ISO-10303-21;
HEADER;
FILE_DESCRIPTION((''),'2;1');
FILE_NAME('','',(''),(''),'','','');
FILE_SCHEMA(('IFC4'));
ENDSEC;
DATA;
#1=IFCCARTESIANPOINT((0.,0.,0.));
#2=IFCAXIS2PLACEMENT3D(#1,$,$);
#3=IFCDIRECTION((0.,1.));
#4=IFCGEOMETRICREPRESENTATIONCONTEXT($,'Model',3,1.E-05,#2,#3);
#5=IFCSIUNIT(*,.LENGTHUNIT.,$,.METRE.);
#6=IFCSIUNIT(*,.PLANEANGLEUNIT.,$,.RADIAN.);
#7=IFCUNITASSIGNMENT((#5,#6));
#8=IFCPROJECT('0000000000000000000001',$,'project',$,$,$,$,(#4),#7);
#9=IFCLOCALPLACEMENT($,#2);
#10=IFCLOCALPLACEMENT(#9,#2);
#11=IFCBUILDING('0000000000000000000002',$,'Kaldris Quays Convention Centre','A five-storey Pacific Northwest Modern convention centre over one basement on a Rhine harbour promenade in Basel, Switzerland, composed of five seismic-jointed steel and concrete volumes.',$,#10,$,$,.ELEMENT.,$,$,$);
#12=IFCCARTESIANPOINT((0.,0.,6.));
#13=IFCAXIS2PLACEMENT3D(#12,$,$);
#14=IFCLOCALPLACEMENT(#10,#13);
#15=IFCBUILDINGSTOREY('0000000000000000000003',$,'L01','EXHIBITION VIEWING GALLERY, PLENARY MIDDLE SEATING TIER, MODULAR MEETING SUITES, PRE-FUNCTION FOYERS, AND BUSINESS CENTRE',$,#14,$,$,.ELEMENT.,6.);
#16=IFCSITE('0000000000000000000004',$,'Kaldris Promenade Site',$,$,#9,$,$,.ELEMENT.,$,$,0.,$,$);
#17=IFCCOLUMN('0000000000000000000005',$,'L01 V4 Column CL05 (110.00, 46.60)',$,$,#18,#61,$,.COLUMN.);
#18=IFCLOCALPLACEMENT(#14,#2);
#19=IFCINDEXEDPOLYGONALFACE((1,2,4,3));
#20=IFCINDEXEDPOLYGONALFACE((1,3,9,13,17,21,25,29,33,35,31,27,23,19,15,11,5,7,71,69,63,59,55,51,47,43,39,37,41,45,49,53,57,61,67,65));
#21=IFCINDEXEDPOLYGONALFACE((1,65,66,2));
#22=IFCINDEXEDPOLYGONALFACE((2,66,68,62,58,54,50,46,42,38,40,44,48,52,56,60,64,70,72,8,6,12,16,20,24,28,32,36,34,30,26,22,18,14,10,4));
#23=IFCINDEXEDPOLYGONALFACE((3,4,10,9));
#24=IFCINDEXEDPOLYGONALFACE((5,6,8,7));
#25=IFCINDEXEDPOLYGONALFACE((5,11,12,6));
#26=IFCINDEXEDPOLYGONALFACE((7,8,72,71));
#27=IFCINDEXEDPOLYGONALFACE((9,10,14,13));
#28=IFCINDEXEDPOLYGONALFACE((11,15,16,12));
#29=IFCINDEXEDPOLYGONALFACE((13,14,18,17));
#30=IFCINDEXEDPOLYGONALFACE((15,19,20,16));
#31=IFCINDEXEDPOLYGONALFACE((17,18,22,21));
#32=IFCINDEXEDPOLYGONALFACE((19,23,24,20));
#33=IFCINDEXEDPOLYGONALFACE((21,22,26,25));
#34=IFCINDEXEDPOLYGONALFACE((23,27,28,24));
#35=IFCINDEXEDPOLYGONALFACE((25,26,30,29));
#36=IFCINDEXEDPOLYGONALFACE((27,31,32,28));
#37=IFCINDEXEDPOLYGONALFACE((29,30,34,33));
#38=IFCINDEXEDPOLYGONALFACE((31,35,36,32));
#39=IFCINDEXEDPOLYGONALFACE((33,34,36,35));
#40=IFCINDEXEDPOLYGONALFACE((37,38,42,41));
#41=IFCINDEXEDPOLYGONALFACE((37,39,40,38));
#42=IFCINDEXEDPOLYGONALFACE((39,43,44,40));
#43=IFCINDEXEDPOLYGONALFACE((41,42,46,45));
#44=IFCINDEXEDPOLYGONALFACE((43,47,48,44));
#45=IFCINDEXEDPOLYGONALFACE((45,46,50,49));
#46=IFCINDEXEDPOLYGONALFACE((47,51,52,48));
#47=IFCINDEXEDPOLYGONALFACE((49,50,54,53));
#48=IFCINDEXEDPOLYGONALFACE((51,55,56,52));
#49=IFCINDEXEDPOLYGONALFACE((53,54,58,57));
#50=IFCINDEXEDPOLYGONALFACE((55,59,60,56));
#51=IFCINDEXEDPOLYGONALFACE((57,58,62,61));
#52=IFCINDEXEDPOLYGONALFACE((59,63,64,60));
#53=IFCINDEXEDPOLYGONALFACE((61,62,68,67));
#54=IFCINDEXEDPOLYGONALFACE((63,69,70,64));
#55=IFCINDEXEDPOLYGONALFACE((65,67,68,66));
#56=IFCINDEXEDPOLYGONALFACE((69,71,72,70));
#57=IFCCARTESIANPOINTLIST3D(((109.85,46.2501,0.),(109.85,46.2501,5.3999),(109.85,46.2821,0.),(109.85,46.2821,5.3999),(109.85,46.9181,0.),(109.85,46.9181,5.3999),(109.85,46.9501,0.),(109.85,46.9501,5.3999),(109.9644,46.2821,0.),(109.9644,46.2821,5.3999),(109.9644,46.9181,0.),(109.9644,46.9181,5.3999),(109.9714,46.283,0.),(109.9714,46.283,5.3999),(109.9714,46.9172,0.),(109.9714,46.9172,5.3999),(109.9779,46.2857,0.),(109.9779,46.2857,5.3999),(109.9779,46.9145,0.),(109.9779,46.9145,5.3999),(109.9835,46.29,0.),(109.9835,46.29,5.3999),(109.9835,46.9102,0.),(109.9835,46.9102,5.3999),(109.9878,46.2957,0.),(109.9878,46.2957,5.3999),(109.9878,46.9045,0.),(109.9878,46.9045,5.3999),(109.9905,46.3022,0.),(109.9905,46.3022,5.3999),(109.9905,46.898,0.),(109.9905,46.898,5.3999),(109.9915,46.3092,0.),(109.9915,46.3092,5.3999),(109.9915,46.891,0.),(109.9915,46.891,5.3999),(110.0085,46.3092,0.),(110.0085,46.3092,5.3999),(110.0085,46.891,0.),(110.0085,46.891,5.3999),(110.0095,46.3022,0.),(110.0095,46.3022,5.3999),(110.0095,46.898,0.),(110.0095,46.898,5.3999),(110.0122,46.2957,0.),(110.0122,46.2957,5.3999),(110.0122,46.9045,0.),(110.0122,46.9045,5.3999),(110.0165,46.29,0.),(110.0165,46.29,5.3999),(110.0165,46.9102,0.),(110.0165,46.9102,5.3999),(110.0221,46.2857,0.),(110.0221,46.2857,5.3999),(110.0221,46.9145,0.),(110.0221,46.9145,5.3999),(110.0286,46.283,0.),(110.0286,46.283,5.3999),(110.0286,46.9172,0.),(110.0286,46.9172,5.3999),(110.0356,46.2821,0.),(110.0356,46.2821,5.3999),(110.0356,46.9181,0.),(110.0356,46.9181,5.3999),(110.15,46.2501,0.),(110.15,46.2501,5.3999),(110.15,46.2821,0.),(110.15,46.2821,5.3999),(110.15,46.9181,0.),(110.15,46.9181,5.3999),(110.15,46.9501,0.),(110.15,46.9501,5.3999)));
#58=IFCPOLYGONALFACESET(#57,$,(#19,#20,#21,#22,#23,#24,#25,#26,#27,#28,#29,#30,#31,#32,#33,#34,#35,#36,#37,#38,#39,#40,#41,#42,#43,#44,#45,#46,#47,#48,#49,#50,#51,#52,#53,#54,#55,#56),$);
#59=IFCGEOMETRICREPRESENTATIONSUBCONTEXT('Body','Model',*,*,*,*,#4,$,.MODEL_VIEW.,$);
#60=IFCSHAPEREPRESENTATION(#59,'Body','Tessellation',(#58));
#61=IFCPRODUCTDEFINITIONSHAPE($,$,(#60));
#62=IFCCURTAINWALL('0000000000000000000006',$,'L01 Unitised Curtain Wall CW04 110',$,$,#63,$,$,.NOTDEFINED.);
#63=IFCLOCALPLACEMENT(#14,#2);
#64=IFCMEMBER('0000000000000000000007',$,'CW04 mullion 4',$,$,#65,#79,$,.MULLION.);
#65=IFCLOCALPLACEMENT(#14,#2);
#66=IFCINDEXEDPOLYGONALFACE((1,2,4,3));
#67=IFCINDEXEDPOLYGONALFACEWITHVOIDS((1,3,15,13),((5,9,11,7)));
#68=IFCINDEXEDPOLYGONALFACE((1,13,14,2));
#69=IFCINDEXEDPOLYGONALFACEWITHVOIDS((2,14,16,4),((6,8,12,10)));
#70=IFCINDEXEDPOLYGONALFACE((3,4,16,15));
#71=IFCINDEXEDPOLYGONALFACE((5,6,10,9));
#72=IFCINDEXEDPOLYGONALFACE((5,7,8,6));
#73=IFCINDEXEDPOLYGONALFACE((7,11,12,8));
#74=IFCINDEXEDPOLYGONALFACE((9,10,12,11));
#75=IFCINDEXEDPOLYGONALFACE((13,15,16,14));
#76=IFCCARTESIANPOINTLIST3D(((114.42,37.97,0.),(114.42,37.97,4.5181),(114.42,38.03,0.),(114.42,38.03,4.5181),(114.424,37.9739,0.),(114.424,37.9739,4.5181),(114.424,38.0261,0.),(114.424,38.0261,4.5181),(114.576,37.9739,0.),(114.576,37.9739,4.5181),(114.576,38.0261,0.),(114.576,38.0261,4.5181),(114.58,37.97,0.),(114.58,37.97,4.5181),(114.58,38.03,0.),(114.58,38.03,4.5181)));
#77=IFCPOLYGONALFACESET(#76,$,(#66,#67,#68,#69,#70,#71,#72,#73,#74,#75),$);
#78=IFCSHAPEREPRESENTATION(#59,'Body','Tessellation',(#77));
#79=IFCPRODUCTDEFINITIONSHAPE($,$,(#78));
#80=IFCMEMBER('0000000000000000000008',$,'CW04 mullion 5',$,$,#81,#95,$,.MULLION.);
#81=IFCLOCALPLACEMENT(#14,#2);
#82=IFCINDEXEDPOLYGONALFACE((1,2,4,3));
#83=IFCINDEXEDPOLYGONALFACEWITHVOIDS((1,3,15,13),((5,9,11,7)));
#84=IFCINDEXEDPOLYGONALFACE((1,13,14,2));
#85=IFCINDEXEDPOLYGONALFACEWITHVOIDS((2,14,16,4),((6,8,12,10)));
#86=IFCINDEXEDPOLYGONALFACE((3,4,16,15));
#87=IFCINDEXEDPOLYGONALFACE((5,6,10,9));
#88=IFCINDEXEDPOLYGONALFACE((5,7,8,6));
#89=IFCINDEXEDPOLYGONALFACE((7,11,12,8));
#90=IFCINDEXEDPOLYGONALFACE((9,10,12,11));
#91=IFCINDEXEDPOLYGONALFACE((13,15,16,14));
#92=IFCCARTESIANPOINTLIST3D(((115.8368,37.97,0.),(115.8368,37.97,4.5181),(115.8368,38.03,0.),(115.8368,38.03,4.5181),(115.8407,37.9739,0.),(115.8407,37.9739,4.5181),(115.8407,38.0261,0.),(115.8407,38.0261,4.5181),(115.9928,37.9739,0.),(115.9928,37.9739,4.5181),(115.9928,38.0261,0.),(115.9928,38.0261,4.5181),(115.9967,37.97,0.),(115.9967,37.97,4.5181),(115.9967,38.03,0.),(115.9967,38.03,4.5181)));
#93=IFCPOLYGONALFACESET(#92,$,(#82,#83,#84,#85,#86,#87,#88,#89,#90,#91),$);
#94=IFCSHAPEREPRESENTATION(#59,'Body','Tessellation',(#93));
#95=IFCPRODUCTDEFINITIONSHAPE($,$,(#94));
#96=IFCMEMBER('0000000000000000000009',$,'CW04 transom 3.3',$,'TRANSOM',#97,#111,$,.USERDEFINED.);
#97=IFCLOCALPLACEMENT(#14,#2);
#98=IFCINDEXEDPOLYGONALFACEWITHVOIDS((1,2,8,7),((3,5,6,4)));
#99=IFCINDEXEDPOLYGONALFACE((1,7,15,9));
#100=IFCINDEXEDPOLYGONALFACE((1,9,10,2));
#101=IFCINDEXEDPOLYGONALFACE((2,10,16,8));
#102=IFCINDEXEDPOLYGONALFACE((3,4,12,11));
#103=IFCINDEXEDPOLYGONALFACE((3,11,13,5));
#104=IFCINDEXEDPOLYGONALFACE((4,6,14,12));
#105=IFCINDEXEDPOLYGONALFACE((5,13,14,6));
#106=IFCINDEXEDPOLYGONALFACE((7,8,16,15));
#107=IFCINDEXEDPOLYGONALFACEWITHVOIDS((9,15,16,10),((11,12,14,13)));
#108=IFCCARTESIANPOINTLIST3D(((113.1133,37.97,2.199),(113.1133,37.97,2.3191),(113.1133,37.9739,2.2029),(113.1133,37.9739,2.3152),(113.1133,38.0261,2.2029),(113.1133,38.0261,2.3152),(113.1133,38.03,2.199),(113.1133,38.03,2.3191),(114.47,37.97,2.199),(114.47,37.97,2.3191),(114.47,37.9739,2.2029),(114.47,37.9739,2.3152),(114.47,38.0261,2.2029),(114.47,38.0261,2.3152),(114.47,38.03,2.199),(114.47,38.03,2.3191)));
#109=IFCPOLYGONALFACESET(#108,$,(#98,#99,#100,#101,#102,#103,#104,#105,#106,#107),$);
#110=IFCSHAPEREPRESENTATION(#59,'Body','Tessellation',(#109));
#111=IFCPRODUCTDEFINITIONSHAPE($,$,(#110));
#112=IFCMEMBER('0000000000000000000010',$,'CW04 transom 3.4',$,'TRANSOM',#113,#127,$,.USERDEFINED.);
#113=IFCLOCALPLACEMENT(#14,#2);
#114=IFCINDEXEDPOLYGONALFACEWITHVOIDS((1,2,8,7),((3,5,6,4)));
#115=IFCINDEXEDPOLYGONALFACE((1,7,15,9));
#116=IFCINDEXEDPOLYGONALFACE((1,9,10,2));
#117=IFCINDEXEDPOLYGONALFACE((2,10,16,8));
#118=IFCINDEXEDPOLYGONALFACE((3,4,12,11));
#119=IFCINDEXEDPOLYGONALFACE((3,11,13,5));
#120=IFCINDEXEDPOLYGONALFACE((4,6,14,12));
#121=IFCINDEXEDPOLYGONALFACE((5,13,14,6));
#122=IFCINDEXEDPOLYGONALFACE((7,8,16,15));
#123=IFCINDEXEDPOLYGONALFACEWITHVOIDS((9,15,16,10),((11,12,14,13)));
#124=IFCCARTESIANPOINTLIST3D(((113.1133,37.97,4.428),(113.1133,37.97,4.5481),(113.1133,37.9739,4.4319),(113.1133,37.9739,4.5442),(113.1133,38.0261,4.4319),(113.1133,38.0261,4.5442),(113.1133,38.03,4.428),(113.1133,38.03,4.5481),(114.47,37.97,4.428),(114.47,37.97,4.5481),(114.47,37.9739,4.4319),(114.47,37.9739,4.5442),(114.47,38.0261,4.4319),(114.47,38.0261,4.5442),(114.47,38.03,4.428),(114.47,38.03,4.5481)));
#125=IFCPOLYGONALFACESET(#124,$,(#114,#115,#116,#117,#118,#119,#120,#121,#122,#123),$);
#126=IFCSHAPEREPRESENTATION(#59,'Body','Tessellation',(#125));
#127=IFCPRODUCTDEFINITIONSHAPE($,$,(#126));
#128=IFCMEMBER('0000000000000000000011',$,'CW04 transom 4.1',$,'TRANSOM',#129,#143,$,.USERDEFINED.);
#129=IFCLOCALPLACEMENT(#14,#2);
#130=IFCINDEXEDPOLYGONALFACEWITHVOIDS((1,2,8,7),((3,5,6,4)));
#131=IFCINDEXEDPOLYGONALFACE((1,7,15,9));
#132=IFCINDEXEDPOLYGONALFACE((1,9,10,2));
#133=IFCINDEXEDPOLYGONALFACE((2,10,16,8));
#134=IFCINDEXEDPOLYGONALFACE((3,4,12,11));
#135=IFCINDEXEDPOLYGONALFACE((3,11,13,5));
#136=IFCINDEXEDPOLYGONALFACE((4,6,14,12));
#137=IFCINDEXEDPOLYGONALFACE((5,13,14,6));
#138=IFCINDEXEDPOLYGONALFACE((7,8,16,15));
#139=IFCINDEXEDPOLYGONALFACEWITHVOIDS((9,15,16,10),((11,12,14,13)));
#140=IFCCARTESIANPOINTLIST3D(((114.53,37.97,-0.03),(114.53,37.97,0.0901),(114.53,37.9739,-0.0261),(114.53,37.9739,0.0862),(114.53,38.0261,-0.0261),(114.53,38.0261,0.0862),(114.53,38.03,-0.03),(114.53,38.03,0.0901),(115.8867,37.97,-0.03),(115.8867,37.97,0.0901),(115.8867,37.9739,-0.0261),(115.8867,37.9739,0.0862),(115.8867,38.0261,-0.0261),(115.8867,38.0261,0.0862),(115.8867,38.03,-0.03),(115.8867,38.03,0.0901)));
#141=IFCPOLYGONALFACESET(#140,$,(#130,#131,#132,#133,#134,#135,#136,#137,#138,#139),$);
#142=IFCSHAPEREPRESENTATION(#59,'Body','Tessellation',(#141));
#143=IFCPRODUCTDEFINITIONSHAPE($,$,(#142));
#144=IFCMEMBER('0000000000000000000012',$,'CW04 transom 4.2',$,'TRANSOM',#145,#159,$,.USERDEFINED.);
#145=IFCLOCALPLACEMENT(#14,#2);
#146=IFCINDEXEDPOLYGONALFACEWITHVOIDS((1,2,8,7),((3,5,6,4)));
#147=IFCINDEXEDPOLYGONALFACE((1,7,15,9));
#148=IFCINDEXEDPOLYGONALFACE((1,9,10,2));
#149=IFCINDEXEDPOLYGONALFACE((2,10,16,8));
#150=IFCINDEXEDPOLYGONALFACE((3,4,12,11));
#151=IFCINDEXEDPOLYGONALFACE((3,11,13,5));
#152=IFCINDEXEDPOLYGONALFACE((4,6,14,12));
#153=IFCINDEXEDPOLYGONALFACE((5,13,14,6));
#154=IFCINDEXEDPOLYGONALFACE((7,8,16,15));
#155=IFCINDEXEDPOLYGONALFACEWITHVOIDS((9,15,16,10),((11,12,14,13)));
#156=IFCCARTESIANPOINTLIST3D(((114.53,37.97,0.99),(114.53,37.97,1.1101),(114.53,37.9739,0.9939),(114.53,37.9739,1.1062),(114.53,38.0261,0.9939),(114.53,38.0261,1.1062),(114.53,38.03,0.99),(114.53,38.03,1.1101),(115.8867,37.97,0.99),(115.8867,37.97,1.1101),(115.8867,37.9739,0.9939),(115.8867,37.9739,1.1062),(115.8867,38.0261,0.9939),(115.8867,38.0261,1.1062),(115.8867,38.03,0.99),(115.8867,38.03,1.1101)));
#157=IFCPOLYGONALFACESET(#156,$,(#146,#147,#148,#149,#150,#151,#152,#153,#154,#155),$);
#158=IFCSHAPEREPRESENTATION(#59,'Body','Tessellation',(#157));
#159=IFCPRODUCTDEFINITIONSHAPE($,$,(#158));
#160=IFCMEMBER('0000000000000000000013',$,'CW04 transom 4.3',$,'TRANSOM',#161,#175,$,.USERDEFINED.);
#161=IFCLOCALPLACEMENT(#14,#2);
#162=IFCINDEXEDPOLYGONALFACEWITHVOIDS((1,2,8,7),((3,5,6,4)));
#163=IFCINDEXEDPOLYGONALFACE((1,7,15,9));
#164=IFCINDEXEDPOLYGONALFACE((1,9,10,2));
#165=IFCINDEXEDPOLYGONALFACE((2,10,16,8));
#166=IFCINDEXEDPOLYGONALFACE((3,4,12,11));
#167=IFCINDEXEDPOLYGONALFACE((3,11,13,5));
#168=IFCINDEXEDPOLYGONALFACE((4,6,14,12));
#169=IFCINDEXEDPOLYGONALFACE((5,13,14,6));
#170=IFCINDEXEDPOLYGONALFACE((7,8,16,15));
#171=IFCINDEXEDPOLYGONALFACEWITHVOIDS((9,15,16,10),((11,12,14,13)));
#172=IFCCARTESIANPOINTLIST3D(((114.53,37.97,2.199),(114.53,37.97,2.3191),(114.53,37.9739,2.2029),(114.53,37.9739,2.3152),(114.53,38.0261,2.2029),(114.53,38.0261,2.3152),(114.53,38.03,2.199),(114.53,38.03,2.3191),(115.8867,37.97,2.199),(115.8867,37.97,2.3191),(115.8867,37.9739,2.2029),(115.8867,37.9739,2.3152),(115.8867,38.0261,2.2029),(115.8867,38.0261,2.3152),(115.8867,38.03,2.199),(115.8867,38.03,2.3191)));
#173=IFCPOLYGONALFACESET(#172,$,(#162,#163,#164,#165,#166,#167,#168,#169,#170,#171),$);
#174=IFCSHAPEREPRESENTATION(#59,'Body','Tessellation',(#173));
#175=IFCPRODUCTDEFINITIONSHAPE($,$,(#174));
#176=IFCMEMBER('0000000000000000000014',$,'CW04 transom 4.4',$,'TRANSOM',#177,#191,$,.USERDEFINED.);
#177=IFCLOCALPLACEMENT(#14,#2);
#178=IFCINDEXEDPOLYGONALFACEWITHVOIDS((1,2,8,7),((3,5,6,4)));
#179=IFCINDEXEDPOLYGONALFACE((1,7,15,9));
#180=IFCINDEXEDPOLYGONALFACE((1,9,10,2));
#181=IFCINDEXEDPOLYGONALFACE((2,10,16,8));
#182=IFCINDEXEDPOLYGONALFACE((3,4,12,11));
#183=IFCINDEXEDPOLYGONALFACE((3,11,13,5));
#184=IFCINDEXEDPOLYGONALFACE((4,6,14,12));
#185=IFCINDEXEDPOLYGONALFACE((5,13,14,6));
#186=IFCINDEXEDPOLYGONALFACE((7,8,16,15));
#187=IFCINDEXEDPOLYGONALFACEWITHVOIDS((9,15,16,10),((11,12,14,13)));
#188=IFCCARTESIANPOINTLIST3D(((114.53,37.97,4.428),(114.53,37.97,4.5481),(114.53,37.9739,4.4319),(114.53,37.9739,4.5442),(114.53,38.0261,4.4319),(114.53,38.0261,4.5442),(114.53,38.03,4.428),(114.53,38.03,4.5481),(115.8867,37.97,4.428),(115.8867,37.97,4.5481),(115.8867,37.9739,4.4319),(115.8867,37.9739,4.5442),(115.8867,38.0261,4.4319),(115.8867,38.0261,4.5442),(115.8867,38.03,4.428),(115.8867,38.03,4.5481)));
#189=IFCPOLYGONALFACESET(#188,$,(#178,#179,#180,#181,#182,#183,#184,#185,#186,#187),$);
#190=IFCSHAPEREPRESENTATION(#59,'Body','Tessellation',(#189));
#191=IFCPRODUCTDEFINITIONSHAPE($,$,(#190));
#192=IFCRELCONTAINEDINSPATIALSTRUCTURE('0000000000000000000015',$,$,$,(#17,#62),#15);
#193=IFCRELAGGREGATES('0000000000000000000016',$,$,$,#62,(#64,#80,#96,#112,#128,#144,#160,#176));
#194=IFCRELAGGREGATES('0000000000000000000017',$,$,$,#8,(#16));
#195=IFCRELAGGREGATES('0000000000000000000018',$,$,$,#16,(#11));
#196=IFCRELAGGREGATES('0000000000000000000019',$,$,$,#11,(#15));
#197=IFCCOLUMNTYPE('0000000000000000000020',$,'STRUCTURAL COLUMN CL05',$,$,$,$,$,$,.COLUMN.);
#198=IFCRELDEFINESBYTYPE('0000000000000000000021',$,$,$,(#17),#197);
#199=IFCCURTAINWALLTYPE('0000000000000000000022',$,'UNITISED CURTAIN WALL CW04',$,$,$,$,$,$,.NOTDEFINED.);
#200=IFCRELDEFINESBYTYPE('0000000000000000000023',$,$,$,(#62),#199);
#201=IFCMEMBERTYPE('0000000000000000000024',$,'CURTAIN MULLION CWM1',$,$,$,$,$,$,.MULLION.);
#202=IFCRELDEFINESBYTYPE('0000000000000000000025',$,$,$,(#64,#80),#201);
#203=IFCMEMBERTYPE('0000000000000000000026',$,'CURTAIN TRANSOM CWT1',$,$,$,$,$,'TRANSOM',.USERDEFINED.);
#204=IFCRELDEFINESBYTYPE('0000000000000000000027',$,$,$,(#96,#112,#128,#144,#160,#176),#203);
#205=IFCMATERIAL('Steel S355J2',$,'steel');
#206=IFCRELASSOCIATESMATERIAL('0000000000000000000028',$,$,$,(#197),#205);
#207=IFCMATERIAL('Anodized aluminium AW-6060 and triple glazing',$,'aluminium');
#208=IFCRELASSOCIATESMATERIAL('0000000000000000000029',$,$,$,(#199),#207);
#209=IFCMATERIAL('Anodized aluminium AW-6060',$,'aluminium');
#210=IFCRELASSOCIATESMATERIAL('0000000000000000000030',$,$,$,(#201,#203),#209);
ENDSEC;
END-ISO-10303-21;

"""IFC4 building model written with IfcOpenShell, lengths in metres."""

from ifc_helpers import new_model, si_unit, direction, frame, origin, origin_2d, place, context, subcontext, project, spatial, hollow_rectangle, i_section, extrude, material, material_profile, profile_set, type_object, element, aggregate, save


model = new_model("IFC4")

# Units and contexts
model_context = context("Model", 3, precision=1e-05, world=origin(), true_north=direction((0.0, 1.0)))
body_context = subcontext(model_context, "Body", "Model", "MODEL_VIEW")
ifc_project = project(units=[si_unit("LENGTHUNIT", "METRE"), si_unit("PLANEANGLEUNIT", "RADIAN")], contexts=[model_context])

# Site, building, storey
site_placement = place(None, origin())
site = spatial("IfcSite", under=ifc_project, at=site_placement, Name="Kaldris Promenade Site", CompositionType="ELEMENT", RefElevation=0.0)
building_placement = place(site_placement, origin())
building = spatial("IfcBuilding", under=site, at=building_placement, Name="Kaldris Quays Convention Centre", Description="A five-storey Pacific Northwest Modern convention centre over one basement on a Rhine harbour promenade in Basel, Switzerland, composed of five seismic-jointed steel and concrete volumes.", CompositionType="ELEMENT")
storey_placement = place(building_placement, frame((0.0, 0.0, 6.0)))
storey = spatial("IfcBuildingStorey", under=building, at=storey_placement, Name="L01", Description="EXHIBITION VIEWING GALLERY, PLENARY MIDDLE SEATING TIER, MODULAR MEETING SUITES, PRE-FUNCTION FOYERS, AND BUSINESS CENTRE", CompositionType="ELEMENT", Elevation=6.0)

# Column
ifc_material_1 = material(Name="Steel S355J2", Category="steel")
ifc_material_profile_1 = material_profile(ifc_material_1, i_section(OverallWidth=0.3, OverallDepth=0.7, WebThickness=0.0171, FlangeThickness=0.032, FilletRadius=0.0271, at=origin_2d()), Name="HEB 700")
ifc_profile_set_1 = profile_set([ifc_material_profile_1], Name="Steel S355J2")
column_type = type_object("IfcColumnType", Name="STRUCTURAL COLUMN CL05", PredefinedType="COLUMN", material=ifc_profile_set_1)
column_placement = place(storey_placement, frame((110.0, 46.6001, 0.0), z_axis=(0.0, 0.0, 1.0), x_axis=(1.0, 0.0, 0.0)))
element("IfcColumn", 1, at=column_placement, inside=storey, type_object=column_type, Name="L01 V4 Column CL05 (110.00, 46.60)", PredefinedType="COLUMN", context=body_context, shape_type="SweptSolid", body=[
    extrude(i_section(OverallWidth=0.3, OverallDepth=0.7, WebThickness=0.0171, FlangeThickness=0.032, FilletRadius=0.0271, at=origin_2d()), origin(), (0.0, 0.0, 1.0), 5.3999),
])

# Curtain wall, members
ifc_material_2 = material(Name="Anodized aluminium AW-6060 and triple glazing", Category="aluminium")
curtain_wall_type = type_object("IfcCurtainWallType", Name="UNITISED CURTAIN WALL CW04", PredefinedType="NOTDEFINED", material=ifc_material_2)
curtain_wall_placement = place(storey_placement, origin())
curtain_wall = element("IfcCurtainWall", 2, at=curtain_wall_placement, inside=storey, type_object=curtain_wall_type, Name="L01 Unitised Curtain Wall CW04 110", PredefinedType="NOTDEFINED")
ifc_material_3 = material(Name="Anodized aluminium AW-6060", Category="aluminium")
ifc_material_profile_2 = material_profile(ifc_material_3, hollow_rectangle(XDim=0.0601, YDim=0.1599, WallThickness=0.0039, at=origin_2d()), Name="RHS 160x60x4")
ifc_profile_set_2 = profile_set([ifc_material_profile_2], Name="Anodized aluminium AW-6060")
member_type_1 = type_object("IfcMemberType", Name="CURTAIN MULLION CWM1", PredefinedType="MULLION", material=ifc_profile_set_2)
member_1_placement = place(storey_placement, frame((114.5, 38.0, 0.0), z_axis=(0.0, 0.0, 1.0), x_axis=(0.0, 1.0, 0.0)))
member_1 = element("IfcMember", 3, at=member_1_placement, type_object=member_type_1, Name="CW04 mullion 4", PredefinedType="MULLION", context=body_context, shape_type="SweptSolid", body=[
    extrude(hollow_rectangle(XDim=0.0601, YDim=0.1599, WallThickness=0.0039, at=origin_2d()), origin(), (0.0, 0.0, 1.0), 4.5181),
])
member_2_placement = place(storey_placement, frame((115.9167, 38.0, 0.0), z_axis=(0.0, 0.0, 1.0), x_axis=(0.0, 1.0, 0.0)))
member_2 = element("IfcMember", 4, at=member_2_placement, type_object=member_type_1, Name="CW04 mullion 5", PredefinedType="MULLION", context=body_context, shape_type="SweptSolid", body=[
    extrude(hollow_rectangle(XDim=0.0601, YDim=0.1599, WallThickness=0.0039, at=origin_2d()), origin(), (0.0, 0.0, 1.0), 4.5181),
])
ifc_material_profile_3 = material_profile(ifc_material_3, hollow_rectangle(XDim=0.0601, YDim=0.1201, WallThickness=0.0039, at=origin_2d()), Name="RHS 120x60x4")
ifc_profile_set_3 = profile_set([ifc_material_profile_3], Name="Anodized aluminium AW-6060")
member_type_2 = type_object("IfcMemberType", Name="CURTAIN TRANSOM CWT1", ElementType="TRANSOM", PredefinedType="USERDEFINED", material=ifc_profile_set_3)
member_3_placement = place(storey_placement, frame((113.1133, 38.0, 2.259), z_axis=(1.0, 0.0, 0.0), x_axis=(0.0, 1.0, 0.0)))
member_3 = element("IfcMember", 5, at=member_3_placement, type_object=member_type_2, Name="CW04 transom 3.3", ObjectType="TRANSOM", PredefinedType="USERDEFINED", context=body_context, shape_type="SweptSolid", body=[
    extrude(hollow_rectangle(XDim=0.0601, YDim=0.1201, WallThickness=0.0039, at=origin_2d()), origin(), (0.0, 0.0, 1.0), 1.3567),
])
member_4_placement = place(storey_placement, frame((113.1133, 38.0, 4.488), z_axis=(1.0, 0.0, 0.0), x_axis=(0.0, 1.0, 0.0)))
member_4 = element("IfcMember", 6, at=member_4_placement, type_object=member_type_2, Name="CW04 transom 3.4", ObjectType="TRANSOM", PredefinedType="USERDEFINED", context=body_context, shape_type="SweptSolid", body=[
    extrude(hollow_rectangle(XDim=0.0601, YDim=0.1201, WallThickness=0.0039, at=origin_2d()), origin(), (0.0, 0.0, 1.0), 1.3567),
])
member_5_placement = place(storey_placement, frame((114.53, 38.0, 0.03), z_axis=(1.0, 0.0, 0.0), x_axis=(0.0, 1.0, 0.0)))
member_5 = element("IfcMember", 7, at=member_5_placement, type_object=member_type_2, Name="CW04 transom 4.1", ObjectType="TRANSOM", PredefinedType="USERDEFINED", context=body_context, shape_type="SweptSolid", body=[
    extrude(hollow_rectangle(XDim=0.0601, YDim=0.1201, WallThickness=0.0039, at=origin_2d()), origin(), (0.0, 0.0, 1.0), 1.3567),
])
member_6_placement = place(storey_placement, frame((114.53, 38.0, 1.05), z_axis=(1.0, 0.0, 0.0), x_axis=(0.0, 1.0, 0.0)))
member_6 = element("IfcMember", 8, at=member_6_placement, type_object=member_type_2, Name="CW04 transom 4.2", ObjectType="TRANSOM", PredefinedType="USERDEFINED", context=body_context, shape_type="SweptSolid", body=[
    extrude(hollow_rectangle(XDim=0.0601, YDim=0.1201, WallThickness=0.0039, at=origin_2d()), origin(), (0.0, 0.0, 1.0), 1.3567),
])
member_7_placement = place(storey_placement, frame((114.53, 38.0, 2.259), z_axis=(1.0, 0.0, 0.0), x_axis=(0.0, 1.0, 0.0)))
member_7 = element("IfcMember", 9, at=member_7_placement, type_object=member_type_2, Name="CW04 transom 4.3", ObjectType="TRANSOM", PredefinedType="USERDEFINED", context=body_context, shape_type="SweptSolid", body=[
    extrude(hollow_rectangle(XDim=0.0601, YDim=0.1201, WallThickness=0.0039, at=origin_2d()), origin(), (0.0, 0.0, 1.0), 1.3567),
])
member_8_placement = place(storey_placement, frame((114.53, 38.0, 4.488), z_axis=(1.0, 0.0, 0.0), x_axis=(0.0, 1.0, 0.0)))
member_8 = element("IfcMember", 10, at=member_8_placement, type_object=member_type_2, Name="CW04 transom 4.4", ObjectType="TRANSOM", PredefinedType="USERDEFINED", context=body_context, shape_type="SweptSolid", body=[
    extrude(hollow_rectangle(XDim=0.0601, YDim=0.1201, WallThickness=0.0039, at=origin_2d()), origin(), (0.0, 0.0, 1.0), 1.3567),
])
aggregate(curtain_wall, [member_1, member_2, member_3, member_4, member_5, member_6, member_7, member_8])

save(model, "model.ifc")
